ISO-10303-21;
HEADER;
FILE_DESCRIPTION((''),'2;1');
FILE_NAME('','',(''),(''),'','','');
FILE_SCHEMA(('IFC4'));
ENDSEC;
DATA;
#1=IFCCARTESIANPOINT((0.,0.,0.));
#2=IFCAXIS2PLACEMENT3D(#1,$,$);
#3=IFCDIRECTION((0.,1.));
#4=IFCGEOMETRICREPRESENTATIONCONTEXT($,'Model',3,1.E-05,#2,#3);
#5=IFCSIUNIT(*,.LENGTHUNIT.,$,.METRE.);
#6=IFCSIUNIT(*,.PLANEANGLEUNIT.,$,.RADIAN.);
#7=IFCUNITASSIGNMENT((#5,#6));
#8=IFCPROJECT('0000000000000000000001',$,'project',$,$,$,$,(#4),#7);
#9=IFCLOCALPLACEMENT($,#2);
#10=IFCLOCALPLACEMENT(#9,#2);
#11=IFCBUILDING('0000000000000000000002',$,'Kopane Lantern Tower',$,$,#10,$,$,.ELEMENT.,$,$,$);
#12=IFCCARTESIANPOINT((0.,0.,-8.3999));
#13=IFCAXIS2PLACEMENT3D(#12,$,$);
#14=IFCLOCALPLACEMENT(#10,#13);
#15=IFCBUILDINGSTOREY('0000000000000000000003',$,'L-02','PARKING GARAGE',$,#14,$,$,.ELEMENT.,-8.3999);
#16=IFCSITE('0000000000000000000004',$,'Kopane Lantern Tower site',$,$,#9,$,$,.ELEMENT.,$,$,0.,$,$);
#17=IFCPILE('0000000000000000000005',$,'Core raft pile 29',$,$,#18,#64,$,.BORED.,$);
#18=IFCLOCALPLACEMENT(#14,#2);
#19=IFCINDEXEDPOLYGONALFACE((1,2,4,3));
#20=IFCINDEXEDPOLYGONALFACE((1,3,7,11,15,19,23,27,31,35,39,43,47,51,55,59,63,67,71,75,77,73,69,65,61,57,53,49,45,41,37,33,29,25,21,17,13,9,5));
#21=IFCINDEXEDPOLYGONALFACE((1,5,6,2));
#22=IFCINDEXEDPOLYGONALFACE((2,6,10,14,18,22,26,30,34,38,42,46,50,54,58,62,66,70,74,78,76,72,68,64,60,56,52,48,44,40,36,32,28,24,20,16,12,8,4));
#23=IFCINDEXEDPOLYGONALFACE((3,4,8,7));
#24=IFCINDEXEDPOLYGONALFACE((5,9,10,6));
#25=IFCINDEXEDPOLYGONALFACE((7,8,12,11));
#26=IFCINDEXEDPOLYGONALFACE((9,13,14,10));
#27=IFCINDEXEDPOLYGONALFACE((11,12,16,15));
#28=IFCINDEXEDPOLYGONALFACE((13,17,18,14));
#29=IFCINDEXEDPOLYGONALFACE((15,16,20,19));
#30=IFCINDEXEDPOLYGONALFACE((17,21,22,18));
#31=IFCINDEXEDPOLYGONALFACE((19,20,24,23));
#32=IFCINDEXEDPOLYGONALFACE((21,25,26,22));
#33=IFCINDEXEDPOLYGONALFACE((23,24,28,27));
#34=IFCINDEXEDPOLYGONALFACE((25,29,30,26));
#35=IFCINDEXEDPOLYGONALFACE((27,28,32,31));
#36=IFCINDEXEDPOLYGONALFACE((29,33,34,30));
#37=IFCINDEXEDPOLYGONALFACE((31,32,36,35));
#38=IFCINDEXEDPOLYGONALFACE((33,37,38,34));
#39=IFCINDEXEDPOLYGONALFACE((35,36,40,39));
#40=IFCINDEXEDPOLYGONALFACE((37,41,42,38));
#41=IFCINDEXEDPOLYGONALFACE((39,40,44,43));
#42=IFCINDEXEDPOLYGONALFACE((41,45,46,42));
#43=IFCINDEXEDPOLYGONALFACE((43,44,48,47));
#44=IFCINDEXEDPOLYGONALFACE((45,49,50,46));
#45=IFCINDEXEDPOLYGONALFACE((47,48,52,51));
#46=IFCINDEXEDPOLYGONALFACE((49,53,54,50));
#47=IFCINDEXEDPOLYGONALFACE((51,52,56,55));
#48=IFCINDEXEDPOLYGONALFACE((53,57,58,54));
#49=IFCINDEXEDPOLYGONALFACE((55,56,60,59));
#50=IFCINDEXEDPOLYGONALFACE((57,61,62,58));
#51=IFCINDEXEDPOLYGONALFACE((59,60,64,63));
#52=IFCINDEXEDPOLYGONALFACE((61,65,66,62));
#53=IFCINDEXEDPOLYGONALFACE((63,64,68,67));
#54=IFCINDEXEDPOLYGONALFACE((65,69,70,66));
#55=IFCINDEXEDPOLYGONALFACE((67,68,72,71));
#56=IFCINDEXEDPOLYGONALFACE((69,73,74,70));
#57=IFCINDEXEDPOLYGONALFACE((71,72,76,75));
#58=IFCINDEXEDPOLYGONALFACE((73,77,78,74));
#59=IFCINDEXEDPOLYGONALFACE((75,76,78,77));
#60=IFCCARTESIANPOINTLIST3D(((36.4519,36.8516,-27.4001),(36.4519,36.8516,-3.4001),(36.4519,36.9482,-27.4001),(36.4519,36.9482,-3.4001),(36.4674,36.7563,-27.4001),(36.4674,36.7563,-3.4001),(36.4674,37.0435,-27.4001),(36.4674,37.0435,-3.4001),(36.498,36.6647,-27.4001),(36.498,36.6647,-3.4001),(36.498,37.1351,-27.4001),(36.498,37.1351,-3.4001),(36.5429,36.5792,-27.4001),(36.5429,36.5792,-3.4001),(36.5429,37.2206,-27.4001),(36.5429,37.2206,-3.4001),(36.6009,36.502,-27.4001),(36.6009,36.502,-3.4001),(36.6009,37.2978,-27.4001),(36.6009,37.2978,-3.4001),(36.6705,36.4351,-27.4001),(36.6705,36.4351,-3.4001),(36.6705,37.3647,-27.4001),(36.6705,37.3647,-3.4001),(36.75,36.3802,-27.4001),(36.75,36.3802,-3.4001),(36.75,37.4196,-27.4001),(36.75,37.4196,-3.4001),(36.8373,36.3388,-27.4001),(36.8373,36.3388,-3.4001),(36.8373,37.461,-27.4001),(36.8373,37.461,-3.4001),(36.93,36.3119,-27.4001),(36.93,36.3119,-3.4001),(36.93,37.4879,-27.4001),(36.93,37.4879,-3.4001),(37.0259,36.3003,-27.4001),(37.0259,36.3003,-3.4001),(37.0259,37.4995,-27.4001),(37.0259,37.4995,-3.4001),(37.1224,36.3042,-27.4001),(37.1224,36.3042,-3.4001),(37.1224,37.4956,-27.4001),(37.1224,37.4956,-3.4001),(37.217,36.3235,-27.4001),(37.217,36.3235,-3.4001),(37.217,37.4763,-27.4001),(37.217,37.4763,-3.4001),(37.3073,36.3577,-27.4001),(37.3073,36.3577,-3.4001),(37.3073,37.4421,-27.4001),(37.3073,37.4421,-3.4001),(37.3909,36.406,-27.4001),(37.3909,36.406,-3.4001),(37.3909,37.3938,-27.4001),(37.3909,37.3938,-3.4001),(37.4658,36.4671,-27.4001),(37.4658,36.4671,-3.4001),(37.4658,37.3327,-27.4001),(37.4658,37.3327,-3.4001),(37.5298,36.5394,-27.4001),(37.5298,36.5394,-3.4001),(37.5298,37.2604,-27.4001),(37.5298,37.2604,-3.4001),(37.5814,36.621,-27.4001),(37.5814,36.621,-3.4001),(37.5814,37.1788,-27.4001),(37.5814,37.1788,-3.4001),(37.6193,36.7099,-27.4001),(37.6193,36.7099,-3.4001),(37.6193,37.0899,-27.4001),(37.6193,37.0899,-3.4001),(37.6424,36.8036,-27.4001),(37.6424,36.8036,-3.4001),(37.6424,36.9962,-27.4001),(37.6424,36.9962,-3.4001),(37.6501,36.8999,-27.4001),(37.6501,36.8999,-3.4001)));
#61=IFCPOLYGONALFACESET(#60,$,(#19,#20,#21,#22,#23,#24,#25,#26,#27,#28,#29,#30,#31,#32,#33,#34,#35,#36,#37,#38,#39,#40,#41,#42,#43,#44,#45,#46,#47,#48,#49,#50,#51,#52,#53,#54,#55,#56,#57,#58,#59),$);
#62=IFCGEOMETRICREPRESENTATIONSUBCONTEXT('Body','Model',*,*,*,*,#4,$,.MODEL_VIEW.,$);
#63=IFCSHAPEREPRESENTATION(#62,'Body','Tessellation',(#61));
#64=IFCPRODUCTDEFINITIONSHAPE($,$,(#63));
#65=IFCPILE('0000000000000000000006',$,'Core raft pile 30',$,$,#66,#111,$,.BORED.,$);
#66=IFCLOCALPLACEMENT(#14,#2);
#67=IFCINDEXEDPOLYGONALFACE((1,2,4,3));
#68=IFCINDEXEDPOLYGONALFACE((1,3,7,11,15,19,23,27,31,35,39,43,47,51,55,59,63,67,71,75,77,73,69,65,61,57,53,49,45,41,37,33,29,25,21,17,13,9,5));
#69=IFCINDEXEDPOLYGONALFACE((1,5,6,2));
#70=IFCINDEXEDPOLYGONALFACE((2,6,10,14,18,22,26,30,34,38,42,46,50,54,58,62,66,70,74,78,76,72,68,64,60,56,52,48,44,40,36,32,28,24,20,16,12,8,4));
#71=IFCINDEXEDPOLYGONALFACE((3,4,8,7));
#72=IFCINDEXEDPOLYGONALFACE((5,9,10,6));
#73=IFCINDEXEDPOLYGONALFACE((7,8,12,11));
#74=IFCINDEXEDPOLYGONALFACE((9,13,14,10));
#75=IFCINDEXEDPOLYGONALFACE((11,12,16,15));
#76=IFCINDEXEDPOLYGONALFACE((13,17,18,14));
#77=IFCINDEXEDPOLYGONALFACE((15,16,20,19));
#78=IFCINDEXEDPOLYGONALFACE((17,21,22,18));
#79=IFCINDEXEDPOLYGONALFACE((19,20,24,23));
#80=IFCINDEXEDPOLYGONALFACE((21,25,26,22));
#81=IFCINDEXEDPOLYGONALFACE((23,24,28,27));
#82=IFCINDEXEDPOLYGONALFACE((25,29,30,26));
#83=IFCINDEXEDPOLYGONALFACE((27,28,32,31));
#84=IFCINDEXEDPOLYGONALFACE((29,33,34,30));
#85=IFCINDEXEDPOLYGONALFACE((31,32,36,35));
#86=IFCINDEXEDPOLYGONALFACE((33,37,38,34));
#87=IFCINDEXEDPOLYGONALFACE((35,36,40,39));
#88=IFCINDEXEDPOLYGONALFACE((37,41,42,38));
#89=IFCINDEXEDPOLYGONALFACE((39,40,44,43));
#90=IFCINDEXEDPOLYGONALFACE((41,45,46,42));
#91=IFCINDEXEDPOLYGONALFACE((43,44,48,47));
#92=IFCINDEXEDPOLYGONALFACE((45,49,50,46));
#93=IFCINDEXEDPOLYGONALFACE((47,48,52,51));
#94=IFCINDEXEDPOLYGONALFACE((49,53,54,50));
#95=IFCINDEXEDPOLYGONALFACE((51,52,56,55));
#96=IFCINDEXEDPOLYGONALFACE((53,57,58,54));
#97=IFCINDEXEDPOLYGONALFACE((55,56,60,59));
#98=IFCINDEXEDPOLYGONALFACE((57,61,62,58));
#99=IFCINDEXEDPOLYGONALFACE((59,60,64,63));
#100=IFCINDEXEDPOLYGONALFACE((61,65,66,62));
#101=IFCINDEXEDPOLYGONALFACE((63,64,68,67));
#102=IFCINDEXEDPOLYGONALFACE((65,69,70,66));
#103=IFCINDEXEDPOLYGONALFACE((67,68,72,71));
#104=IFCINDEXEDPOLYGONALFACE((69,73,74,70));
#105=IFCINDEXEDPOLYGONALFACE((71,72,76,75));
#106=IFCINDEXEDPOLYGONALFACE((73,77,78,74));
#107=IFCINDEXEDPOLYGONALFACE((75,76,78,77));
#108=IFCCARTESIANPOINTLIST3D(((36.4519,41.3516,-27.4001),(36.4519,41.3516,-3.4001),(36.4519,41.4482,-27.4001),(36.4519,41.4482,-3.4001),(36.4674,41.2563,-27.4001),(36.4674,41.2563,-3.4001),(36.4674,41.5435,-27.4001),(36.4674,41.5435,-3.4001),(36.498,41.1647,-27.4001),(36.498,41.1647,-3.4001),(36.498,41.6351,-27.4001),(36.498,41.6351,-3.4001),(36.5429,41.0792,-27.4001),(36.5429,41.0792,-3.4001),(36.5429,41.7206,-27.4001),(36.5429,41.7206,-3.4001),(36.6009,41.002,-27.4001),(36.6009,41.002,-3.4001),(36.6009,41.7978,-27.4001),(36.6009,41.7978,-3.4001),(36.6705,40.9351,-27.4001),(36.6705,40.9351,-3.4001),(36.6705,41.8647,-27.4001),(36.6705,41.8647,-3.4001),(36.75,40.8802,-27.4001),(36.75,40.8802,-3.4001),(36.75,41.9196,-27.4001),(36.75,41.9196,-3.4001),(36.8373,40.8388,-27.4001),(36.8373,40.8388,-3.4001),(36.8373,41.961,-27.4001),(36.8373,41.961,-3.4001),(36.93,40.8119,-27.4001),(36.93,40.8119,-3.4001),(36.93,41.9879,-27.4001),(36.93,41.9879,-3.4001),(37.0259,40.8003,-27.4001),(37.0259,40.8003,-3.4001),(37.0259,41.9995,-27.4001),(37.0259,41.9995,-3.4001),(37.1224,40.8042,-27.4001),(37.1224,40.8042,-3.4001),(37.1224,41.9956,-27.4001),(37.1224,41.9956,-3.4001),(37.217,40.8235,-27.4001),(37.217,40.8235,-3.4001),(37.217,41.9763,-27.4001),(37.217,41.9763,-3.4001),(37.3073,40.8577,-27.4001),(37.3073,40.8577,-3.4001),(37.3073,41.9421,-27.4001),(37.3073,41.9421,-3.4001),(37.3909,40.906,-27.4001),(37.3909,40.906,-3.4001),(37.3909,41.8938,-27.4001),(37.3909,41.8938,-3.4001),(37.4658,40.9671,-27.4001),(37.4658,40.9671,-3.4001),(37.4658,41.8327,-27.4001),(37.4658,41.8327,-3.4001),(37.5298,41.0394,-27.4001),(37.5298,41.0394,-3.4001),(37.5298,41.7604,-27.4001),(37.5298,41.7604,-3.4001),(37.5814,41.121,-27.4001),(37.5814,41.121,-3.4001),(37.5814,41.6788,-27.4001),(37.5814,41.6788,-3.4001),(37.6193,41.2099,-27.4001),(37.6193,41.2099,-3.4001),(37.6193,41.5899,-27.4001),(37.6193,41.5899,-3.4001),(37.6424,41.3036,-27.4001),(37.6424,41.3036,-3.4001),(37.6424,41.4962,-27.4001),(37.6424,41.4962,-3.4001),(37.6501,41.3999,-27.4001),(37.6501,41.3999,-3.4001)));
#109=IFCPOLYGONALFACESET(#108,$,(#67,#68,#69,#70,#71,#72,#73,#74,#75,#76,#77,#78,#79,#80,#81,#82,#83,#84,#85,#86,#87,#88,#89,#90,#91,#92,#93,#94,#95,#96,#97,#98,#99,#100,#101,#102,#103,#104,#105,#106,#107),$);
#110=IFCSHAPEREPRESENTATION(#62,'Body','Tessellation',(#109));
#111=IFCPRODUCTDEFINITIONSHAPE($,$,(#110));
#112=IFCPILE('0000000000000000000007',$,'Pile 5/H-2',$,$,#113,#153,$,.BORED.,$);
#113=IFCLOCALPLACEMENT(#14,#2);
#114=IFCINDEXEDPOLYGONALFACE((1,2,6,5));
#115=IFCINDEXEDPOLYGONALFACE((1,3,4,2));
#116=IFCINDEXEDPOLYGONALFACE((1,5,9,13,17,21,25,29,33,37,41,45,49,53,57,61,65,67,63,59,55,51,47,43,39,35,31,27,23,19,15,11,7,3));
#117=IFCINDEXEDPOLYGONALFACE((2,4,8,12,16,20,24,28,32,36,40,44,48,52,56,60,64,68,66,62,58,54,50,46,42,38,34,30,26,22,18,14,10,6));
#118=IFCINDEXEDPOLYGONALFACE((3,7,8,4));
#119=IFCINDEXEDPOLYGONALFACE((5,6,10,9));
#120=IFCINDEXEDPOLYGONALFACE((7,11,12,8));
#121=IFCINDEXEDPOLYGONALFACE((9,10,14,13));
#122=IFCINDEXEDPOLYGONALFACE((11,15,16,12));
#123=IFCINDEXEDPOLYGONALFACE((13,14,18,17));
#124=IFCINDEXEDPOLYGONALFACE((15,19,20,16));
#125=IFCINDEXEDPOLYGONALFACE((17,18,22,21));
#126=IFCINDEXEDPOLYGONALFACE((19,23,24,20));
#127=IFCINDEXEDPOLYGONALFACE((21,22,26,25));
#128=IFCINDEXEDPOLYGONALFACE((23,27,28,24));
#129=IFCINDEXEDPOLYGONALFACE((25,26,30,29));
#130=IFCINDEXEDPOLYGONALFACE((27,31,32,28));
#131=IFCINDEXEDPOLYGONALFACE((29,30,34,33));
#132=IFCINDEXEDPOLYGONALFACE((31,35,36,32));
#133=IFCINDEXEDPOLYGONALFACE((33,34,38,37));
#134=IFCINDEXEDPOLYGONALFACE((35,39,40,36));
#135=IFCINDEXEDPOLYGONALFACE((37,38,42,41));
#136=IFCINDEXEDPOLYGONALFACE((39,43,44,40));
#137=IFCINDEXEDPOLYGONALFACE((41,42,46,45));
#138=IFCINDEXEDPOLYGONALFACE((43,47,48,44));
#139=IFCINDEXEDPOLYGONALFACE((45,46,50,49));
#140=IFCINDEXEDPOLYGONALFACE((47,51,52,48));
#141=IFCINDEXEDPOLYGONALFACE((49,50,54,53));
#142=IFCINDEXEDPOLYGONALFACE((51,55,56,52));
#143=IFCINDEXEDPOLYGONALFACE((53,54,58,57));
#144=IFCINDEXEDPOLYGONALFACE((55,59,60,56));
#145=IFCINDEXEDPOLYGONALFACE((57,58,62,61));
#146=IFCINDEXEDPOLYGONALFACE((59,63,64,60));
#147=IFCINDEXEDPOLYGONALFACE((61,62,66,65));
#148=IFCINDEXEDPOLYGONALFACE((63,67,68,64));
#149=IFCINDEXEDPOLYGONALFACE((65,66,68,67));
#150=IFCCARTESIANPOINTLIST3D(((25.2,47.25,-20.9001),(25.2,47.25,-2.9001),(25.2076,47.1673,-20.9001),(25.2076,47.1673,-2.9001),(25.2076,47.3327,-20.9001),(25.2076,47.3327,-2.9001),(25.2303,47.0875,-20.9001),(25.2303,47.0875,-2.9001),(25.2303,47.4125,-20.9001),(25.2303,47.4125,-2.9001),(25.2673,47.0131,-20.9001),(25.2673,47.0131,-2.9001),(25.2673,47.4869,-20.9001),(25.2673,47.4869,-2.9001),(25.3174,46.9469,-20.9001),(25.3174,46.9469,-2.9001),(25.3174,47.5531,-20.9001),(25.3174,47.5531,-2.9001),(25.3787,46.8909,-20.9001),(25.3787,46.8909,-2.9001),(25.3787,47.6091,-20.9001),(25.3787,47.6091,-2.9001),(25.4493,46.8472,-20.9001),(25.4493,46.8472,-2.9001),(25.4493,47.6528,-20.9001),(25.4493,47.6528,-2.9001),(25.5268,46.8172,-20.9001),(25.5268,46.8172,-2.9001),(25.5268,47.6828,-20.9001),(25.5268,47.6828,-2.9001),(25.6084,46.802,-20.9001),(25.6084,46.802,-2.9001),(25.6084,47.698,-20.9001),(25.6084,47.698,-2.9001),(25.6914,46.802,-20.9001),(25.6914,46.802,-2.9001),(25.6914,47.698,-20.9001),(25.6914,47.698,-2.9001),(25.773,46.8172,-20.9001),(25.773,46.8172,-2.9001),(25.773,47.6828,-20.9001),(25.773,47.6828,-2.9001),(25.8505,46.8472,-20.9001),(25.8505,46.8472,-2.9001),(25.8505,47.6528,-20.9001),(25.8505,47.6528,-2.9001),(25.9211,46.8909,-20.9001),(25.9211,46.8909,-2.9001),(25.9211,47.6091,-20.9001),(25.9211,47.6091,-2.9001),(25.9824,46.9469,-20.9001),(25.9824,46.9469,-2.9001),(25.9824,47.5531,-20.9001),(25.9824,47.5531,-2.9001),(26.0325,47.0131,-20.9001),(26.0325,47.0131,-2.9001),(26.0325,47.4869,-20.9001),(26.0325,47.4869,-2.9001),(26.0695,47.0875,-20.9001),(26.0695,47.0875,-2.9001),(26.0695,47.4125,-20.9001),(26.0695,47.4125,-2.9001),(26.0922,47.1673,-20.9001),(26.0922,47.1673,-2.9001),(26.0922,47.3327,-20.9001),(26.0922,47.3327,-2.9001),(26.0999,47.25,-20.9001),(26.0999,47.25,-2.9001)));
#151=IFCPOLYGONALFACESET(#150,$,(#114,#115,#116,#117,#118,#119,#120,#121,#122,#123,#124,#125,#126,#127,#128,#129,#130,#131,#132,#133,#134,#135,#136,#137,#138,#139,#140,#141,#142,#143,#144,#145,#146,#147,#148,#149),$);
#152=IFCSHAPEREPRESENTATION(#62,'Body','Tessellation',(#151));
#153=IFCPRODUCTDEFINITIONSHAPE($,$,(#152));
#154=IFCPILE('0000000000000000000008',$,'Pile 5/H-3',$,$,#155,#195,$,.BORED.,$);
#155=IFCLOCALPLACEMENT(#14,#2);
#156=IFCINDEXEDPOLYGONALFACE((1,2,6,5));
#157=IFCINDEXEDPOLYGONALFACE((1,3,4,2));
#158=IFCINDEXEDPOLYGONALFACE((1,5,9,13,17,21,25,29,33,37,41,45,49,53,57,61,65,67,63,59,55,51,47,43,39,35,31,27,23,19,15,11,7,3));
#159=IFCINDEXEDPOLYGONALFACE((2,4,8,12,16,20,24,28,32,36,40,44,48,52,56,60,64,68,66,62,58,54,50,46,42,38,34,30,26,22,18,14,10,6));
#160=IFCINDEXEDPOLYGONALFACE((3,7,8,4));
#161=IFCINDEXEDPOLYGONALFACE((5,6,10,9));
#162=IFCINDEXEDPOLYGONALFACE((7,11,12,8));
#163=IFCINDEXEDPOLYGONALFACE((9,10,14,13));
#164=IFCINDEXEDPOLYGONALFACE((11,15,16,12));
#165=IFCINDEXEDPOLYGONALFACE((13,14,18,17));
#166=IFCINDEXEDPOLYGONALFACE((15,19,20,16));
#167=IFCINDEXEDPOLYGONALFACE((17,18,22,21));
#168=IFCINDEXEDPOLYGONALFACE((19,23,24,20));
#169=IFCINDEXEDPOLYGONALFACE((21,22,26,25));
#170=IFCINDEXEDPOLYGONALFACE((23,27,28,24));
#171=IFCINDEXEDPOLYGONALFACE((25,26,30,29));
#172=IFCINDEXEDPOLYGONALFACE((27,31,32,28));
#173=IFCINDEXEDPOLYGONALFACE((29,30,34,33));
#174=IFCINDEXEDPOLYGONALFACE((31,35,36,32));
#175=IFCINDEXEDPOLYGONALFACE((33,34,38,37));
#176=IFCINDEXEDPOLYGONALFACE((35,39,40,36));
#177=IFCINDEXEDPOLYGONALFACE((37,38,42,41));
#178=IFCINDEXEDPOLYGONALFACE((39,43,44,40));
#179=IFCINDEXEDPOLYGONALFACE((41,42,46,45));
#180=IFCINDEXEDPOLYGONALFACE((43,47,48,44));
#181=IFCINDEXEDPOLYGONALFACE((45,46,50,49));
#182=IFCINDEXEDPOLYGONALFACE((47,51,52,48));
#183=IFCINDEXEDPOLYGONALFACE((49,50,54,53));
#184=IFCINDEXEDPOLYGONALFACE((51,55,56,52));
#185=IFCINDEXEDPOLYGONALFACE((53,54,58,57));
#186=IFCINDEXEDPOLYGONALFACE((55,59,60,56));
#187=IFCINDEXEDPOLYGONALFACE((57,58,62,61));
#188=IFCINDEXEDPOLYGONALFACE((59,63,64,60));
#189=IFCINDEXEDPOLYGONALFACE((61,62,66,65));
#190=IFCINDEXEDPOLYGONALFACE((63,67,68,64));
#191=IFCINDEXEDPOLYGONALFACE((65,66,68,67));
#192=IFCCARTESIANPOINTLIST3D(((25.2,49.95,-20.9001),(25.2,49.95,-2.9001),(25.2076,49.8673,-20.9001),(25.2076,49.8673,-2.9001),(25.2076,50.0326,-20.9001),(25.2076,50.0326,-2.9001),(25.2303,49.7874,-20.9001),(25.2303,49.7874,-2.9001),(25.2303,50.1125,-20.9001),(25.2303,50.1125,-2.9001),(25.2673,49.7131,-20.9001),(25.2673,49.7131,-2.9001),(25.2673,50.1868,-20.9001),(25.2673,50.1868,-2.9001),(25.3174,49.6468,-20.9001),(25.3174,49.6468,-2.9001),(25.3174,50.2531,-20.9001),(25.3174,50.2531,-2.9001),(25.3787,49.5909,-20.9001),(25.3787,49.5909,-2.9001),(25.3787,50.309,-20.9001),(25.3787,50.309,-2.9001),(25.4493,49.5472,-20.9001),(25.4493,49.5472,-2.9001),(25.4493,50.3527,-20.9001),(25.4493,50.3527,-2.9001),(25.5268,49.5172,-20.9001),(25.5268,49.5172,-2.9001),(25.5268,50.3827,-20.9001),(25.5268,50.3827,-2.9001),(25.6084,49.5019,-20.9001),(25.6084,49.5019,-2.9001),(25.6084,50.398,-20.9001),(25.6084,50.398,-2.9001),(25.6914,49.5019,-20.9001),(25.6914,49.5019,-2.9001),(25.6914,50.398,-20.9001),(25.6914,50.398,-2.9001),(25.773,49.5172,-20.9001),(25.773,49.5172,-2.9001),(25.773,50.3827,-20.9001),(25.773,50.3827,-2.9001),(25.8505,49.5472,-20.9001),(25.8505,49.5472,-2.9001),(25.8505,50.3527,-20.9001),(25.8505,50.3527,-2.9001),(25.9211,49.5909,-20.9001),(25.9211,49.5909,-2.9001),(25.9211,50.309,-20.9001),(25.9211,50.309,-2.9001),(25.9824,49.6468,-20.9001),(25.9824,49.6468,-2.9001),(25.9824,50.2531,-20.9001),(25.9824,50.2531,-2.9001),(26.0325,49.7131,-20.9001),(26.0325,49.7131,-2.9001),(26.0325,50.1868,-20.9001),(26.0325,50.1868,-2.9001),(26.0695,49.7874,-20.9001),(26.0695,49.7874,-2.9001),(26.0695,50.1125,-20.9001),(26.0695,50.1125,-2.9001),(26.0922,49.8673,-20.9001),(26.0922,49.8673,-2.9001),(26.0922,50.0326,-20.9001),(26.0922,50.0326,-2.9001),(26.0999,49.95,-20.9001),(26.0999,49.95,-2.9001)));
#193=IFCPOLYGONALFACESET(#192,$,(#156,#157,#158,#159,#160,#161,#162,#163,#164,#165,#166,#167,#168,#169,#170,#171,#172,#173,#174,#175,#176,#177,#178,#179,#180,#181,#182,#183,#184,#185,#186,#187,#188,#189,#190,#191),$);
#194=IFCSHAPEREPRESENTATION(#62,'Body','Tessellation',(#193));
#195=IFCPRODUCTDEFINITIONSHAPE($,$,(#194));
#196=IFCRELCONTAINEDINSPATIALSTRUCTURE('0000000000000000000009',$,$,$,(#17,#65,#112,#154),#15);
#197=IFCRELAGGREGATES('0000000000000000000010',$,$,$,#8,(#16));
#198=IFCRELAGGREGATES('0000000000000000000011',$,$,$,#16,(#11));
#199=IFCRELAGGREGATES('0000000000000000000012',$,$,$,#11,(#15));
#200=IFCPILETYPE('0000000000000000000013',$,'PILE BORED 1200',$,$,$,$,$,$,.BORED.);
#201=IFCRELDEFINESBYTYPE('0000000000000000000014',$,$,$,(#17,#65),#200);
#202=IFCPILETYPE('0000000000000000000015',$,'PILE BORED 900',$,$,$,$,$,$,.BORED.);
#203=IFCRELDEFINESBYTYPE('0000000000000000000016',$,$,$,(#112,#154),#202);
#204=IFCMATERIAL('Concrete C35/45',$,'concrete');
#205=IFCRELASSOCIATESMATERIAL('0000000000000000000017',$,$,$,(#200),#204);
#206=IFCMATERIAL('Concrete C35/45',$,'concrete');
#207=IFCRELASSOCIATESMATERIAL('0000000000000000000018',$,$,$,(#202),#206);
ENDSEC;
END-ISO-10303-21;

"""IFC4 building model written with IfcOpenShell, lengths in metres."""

from ifc_helpers import new_model, si_unit, direction, frame, origin, origin_2d, place, context, subcontext, project, spatial, circle, extrude, material, material_profile, profile_set, type_object, element, save


model = new_model("IFC4")

# Units and contexts
model_context = context("Model", 3, precision=1e-05, world=origin(), true_north=direction((0.0, 1.0)))
body_context = subcontext(model_context, "Body", "Model", "MODEL_VIEW")
ifc_project = project(units=[si_unit("LENGTHUNIT", "METRE"), si_unit("PLANEANGLEUNIT", "RADIAN")], contexts=[model_context])

# Site, building, storey
site_placement = place(None, origin())
site = spatial("IfcSite", under=ifc_project, at=site_placement, Name="Kopane Lantern Tower site", CompositionType="ELEMENT", RefElevation=0.0)
building_placement = place(site_placement, origin())
building = spatial("IfcBuilding", under=site, at=building_placement, Name="Kopane Lantern Tower", CompositionType="ELEMENT")
storey_placement = place(building_placement, frame((0.0, 0.0, -8.3999)))
storey = spatial("IfcBuildingStorey", under=building, at=storey_placement, Name="L-02", Description="PARKING GARAGE", CompositionType="ELEMENT", Elevation=-8.3999)

# Piles
ifc_material_1 = material(Name="Concrete C35/45", Category="concrete")
ifc_material_profile_1 = material_profile(ifc_material_1, circle(Radius=0.6001, at=origin_2d()), Name="D1200")
ifc_profile_set_1 = profile_set([ifc_material_profile_1], Name="Concrete C35/45")
pile_type_1 = type_object("IfcPileType", Name="PILE BORED 1200", PredefinedType="BORED", material=ifc_profile_set_1)
for number, where, z_axis, x_axis, name in (
    (1, (37.05, 36.8999, -3.4001), (0.0, 0.0, -1.0), (1.0, 0.0, 0.0), "Core raft pile 29"),
    (2, (37.05, 41.3999, -3.4001), (0.0, 0.0, -1.0), (1.0, 0.0, 0.0), "Core raft pile 30"),
):
    element("IfcPile", number, at=place(storey_placement, frame(where, z_axis=z_axis, x_axis=x_axis)), inside=storey, type_object=pile_type_1, Name=name, PredefinedType="BORED", context=body_context, shape_type="SweptSolid", body=[
        extrude(circle(Radius=0.6001, at=origin_2d()), origin(), (0.0, 0.0, 1.0), 24.0),
    ])
ifc_material_2 = material(Name="Concrete C35/45", Category="concrete")
ifc_material_profile_2 = material_profile(ifc_material_2, circle(Radius=0.45, at=origin_2d()), Name="D900")
ifc_profile_set_2 = profile_set([ifc_material_profile_2], Name="Concrete C35/45")
pile_type_2 = type_object("IfcPileType", Name="PILE BORED 900", PredefinedType="BORED", material=ifc_profile_set_2)
for number, where, z_axis, x_axis, name in (
    (3, (25.6499, 47.25, -2.9001), (0.0, 0.0, -1.0), (1.0, 0.0, 0.0), "Pile 5/H-2"),
    (4, (25.6499, 49.95, -2.9001), (0.0, 0.0, -1.0), (1.0, 0.0, 0.0), "Pile 5/H-3"),
):
    element("IfcPile", number, at=place(storey_placement, frame(where, z_axis=z_axis, x_axis=x_axis)), inside=storey, type_object=pile_type_2, Name=name, PredefinedType="BORED", context=body_context, shape_type="SweptSolid", body=[
        extrude(circle(Radius=0.45, at=origin_2d()), origin(), (0.0, 0.0, 1.0), 18.0),
    ])

save(model, "model.ifc")
